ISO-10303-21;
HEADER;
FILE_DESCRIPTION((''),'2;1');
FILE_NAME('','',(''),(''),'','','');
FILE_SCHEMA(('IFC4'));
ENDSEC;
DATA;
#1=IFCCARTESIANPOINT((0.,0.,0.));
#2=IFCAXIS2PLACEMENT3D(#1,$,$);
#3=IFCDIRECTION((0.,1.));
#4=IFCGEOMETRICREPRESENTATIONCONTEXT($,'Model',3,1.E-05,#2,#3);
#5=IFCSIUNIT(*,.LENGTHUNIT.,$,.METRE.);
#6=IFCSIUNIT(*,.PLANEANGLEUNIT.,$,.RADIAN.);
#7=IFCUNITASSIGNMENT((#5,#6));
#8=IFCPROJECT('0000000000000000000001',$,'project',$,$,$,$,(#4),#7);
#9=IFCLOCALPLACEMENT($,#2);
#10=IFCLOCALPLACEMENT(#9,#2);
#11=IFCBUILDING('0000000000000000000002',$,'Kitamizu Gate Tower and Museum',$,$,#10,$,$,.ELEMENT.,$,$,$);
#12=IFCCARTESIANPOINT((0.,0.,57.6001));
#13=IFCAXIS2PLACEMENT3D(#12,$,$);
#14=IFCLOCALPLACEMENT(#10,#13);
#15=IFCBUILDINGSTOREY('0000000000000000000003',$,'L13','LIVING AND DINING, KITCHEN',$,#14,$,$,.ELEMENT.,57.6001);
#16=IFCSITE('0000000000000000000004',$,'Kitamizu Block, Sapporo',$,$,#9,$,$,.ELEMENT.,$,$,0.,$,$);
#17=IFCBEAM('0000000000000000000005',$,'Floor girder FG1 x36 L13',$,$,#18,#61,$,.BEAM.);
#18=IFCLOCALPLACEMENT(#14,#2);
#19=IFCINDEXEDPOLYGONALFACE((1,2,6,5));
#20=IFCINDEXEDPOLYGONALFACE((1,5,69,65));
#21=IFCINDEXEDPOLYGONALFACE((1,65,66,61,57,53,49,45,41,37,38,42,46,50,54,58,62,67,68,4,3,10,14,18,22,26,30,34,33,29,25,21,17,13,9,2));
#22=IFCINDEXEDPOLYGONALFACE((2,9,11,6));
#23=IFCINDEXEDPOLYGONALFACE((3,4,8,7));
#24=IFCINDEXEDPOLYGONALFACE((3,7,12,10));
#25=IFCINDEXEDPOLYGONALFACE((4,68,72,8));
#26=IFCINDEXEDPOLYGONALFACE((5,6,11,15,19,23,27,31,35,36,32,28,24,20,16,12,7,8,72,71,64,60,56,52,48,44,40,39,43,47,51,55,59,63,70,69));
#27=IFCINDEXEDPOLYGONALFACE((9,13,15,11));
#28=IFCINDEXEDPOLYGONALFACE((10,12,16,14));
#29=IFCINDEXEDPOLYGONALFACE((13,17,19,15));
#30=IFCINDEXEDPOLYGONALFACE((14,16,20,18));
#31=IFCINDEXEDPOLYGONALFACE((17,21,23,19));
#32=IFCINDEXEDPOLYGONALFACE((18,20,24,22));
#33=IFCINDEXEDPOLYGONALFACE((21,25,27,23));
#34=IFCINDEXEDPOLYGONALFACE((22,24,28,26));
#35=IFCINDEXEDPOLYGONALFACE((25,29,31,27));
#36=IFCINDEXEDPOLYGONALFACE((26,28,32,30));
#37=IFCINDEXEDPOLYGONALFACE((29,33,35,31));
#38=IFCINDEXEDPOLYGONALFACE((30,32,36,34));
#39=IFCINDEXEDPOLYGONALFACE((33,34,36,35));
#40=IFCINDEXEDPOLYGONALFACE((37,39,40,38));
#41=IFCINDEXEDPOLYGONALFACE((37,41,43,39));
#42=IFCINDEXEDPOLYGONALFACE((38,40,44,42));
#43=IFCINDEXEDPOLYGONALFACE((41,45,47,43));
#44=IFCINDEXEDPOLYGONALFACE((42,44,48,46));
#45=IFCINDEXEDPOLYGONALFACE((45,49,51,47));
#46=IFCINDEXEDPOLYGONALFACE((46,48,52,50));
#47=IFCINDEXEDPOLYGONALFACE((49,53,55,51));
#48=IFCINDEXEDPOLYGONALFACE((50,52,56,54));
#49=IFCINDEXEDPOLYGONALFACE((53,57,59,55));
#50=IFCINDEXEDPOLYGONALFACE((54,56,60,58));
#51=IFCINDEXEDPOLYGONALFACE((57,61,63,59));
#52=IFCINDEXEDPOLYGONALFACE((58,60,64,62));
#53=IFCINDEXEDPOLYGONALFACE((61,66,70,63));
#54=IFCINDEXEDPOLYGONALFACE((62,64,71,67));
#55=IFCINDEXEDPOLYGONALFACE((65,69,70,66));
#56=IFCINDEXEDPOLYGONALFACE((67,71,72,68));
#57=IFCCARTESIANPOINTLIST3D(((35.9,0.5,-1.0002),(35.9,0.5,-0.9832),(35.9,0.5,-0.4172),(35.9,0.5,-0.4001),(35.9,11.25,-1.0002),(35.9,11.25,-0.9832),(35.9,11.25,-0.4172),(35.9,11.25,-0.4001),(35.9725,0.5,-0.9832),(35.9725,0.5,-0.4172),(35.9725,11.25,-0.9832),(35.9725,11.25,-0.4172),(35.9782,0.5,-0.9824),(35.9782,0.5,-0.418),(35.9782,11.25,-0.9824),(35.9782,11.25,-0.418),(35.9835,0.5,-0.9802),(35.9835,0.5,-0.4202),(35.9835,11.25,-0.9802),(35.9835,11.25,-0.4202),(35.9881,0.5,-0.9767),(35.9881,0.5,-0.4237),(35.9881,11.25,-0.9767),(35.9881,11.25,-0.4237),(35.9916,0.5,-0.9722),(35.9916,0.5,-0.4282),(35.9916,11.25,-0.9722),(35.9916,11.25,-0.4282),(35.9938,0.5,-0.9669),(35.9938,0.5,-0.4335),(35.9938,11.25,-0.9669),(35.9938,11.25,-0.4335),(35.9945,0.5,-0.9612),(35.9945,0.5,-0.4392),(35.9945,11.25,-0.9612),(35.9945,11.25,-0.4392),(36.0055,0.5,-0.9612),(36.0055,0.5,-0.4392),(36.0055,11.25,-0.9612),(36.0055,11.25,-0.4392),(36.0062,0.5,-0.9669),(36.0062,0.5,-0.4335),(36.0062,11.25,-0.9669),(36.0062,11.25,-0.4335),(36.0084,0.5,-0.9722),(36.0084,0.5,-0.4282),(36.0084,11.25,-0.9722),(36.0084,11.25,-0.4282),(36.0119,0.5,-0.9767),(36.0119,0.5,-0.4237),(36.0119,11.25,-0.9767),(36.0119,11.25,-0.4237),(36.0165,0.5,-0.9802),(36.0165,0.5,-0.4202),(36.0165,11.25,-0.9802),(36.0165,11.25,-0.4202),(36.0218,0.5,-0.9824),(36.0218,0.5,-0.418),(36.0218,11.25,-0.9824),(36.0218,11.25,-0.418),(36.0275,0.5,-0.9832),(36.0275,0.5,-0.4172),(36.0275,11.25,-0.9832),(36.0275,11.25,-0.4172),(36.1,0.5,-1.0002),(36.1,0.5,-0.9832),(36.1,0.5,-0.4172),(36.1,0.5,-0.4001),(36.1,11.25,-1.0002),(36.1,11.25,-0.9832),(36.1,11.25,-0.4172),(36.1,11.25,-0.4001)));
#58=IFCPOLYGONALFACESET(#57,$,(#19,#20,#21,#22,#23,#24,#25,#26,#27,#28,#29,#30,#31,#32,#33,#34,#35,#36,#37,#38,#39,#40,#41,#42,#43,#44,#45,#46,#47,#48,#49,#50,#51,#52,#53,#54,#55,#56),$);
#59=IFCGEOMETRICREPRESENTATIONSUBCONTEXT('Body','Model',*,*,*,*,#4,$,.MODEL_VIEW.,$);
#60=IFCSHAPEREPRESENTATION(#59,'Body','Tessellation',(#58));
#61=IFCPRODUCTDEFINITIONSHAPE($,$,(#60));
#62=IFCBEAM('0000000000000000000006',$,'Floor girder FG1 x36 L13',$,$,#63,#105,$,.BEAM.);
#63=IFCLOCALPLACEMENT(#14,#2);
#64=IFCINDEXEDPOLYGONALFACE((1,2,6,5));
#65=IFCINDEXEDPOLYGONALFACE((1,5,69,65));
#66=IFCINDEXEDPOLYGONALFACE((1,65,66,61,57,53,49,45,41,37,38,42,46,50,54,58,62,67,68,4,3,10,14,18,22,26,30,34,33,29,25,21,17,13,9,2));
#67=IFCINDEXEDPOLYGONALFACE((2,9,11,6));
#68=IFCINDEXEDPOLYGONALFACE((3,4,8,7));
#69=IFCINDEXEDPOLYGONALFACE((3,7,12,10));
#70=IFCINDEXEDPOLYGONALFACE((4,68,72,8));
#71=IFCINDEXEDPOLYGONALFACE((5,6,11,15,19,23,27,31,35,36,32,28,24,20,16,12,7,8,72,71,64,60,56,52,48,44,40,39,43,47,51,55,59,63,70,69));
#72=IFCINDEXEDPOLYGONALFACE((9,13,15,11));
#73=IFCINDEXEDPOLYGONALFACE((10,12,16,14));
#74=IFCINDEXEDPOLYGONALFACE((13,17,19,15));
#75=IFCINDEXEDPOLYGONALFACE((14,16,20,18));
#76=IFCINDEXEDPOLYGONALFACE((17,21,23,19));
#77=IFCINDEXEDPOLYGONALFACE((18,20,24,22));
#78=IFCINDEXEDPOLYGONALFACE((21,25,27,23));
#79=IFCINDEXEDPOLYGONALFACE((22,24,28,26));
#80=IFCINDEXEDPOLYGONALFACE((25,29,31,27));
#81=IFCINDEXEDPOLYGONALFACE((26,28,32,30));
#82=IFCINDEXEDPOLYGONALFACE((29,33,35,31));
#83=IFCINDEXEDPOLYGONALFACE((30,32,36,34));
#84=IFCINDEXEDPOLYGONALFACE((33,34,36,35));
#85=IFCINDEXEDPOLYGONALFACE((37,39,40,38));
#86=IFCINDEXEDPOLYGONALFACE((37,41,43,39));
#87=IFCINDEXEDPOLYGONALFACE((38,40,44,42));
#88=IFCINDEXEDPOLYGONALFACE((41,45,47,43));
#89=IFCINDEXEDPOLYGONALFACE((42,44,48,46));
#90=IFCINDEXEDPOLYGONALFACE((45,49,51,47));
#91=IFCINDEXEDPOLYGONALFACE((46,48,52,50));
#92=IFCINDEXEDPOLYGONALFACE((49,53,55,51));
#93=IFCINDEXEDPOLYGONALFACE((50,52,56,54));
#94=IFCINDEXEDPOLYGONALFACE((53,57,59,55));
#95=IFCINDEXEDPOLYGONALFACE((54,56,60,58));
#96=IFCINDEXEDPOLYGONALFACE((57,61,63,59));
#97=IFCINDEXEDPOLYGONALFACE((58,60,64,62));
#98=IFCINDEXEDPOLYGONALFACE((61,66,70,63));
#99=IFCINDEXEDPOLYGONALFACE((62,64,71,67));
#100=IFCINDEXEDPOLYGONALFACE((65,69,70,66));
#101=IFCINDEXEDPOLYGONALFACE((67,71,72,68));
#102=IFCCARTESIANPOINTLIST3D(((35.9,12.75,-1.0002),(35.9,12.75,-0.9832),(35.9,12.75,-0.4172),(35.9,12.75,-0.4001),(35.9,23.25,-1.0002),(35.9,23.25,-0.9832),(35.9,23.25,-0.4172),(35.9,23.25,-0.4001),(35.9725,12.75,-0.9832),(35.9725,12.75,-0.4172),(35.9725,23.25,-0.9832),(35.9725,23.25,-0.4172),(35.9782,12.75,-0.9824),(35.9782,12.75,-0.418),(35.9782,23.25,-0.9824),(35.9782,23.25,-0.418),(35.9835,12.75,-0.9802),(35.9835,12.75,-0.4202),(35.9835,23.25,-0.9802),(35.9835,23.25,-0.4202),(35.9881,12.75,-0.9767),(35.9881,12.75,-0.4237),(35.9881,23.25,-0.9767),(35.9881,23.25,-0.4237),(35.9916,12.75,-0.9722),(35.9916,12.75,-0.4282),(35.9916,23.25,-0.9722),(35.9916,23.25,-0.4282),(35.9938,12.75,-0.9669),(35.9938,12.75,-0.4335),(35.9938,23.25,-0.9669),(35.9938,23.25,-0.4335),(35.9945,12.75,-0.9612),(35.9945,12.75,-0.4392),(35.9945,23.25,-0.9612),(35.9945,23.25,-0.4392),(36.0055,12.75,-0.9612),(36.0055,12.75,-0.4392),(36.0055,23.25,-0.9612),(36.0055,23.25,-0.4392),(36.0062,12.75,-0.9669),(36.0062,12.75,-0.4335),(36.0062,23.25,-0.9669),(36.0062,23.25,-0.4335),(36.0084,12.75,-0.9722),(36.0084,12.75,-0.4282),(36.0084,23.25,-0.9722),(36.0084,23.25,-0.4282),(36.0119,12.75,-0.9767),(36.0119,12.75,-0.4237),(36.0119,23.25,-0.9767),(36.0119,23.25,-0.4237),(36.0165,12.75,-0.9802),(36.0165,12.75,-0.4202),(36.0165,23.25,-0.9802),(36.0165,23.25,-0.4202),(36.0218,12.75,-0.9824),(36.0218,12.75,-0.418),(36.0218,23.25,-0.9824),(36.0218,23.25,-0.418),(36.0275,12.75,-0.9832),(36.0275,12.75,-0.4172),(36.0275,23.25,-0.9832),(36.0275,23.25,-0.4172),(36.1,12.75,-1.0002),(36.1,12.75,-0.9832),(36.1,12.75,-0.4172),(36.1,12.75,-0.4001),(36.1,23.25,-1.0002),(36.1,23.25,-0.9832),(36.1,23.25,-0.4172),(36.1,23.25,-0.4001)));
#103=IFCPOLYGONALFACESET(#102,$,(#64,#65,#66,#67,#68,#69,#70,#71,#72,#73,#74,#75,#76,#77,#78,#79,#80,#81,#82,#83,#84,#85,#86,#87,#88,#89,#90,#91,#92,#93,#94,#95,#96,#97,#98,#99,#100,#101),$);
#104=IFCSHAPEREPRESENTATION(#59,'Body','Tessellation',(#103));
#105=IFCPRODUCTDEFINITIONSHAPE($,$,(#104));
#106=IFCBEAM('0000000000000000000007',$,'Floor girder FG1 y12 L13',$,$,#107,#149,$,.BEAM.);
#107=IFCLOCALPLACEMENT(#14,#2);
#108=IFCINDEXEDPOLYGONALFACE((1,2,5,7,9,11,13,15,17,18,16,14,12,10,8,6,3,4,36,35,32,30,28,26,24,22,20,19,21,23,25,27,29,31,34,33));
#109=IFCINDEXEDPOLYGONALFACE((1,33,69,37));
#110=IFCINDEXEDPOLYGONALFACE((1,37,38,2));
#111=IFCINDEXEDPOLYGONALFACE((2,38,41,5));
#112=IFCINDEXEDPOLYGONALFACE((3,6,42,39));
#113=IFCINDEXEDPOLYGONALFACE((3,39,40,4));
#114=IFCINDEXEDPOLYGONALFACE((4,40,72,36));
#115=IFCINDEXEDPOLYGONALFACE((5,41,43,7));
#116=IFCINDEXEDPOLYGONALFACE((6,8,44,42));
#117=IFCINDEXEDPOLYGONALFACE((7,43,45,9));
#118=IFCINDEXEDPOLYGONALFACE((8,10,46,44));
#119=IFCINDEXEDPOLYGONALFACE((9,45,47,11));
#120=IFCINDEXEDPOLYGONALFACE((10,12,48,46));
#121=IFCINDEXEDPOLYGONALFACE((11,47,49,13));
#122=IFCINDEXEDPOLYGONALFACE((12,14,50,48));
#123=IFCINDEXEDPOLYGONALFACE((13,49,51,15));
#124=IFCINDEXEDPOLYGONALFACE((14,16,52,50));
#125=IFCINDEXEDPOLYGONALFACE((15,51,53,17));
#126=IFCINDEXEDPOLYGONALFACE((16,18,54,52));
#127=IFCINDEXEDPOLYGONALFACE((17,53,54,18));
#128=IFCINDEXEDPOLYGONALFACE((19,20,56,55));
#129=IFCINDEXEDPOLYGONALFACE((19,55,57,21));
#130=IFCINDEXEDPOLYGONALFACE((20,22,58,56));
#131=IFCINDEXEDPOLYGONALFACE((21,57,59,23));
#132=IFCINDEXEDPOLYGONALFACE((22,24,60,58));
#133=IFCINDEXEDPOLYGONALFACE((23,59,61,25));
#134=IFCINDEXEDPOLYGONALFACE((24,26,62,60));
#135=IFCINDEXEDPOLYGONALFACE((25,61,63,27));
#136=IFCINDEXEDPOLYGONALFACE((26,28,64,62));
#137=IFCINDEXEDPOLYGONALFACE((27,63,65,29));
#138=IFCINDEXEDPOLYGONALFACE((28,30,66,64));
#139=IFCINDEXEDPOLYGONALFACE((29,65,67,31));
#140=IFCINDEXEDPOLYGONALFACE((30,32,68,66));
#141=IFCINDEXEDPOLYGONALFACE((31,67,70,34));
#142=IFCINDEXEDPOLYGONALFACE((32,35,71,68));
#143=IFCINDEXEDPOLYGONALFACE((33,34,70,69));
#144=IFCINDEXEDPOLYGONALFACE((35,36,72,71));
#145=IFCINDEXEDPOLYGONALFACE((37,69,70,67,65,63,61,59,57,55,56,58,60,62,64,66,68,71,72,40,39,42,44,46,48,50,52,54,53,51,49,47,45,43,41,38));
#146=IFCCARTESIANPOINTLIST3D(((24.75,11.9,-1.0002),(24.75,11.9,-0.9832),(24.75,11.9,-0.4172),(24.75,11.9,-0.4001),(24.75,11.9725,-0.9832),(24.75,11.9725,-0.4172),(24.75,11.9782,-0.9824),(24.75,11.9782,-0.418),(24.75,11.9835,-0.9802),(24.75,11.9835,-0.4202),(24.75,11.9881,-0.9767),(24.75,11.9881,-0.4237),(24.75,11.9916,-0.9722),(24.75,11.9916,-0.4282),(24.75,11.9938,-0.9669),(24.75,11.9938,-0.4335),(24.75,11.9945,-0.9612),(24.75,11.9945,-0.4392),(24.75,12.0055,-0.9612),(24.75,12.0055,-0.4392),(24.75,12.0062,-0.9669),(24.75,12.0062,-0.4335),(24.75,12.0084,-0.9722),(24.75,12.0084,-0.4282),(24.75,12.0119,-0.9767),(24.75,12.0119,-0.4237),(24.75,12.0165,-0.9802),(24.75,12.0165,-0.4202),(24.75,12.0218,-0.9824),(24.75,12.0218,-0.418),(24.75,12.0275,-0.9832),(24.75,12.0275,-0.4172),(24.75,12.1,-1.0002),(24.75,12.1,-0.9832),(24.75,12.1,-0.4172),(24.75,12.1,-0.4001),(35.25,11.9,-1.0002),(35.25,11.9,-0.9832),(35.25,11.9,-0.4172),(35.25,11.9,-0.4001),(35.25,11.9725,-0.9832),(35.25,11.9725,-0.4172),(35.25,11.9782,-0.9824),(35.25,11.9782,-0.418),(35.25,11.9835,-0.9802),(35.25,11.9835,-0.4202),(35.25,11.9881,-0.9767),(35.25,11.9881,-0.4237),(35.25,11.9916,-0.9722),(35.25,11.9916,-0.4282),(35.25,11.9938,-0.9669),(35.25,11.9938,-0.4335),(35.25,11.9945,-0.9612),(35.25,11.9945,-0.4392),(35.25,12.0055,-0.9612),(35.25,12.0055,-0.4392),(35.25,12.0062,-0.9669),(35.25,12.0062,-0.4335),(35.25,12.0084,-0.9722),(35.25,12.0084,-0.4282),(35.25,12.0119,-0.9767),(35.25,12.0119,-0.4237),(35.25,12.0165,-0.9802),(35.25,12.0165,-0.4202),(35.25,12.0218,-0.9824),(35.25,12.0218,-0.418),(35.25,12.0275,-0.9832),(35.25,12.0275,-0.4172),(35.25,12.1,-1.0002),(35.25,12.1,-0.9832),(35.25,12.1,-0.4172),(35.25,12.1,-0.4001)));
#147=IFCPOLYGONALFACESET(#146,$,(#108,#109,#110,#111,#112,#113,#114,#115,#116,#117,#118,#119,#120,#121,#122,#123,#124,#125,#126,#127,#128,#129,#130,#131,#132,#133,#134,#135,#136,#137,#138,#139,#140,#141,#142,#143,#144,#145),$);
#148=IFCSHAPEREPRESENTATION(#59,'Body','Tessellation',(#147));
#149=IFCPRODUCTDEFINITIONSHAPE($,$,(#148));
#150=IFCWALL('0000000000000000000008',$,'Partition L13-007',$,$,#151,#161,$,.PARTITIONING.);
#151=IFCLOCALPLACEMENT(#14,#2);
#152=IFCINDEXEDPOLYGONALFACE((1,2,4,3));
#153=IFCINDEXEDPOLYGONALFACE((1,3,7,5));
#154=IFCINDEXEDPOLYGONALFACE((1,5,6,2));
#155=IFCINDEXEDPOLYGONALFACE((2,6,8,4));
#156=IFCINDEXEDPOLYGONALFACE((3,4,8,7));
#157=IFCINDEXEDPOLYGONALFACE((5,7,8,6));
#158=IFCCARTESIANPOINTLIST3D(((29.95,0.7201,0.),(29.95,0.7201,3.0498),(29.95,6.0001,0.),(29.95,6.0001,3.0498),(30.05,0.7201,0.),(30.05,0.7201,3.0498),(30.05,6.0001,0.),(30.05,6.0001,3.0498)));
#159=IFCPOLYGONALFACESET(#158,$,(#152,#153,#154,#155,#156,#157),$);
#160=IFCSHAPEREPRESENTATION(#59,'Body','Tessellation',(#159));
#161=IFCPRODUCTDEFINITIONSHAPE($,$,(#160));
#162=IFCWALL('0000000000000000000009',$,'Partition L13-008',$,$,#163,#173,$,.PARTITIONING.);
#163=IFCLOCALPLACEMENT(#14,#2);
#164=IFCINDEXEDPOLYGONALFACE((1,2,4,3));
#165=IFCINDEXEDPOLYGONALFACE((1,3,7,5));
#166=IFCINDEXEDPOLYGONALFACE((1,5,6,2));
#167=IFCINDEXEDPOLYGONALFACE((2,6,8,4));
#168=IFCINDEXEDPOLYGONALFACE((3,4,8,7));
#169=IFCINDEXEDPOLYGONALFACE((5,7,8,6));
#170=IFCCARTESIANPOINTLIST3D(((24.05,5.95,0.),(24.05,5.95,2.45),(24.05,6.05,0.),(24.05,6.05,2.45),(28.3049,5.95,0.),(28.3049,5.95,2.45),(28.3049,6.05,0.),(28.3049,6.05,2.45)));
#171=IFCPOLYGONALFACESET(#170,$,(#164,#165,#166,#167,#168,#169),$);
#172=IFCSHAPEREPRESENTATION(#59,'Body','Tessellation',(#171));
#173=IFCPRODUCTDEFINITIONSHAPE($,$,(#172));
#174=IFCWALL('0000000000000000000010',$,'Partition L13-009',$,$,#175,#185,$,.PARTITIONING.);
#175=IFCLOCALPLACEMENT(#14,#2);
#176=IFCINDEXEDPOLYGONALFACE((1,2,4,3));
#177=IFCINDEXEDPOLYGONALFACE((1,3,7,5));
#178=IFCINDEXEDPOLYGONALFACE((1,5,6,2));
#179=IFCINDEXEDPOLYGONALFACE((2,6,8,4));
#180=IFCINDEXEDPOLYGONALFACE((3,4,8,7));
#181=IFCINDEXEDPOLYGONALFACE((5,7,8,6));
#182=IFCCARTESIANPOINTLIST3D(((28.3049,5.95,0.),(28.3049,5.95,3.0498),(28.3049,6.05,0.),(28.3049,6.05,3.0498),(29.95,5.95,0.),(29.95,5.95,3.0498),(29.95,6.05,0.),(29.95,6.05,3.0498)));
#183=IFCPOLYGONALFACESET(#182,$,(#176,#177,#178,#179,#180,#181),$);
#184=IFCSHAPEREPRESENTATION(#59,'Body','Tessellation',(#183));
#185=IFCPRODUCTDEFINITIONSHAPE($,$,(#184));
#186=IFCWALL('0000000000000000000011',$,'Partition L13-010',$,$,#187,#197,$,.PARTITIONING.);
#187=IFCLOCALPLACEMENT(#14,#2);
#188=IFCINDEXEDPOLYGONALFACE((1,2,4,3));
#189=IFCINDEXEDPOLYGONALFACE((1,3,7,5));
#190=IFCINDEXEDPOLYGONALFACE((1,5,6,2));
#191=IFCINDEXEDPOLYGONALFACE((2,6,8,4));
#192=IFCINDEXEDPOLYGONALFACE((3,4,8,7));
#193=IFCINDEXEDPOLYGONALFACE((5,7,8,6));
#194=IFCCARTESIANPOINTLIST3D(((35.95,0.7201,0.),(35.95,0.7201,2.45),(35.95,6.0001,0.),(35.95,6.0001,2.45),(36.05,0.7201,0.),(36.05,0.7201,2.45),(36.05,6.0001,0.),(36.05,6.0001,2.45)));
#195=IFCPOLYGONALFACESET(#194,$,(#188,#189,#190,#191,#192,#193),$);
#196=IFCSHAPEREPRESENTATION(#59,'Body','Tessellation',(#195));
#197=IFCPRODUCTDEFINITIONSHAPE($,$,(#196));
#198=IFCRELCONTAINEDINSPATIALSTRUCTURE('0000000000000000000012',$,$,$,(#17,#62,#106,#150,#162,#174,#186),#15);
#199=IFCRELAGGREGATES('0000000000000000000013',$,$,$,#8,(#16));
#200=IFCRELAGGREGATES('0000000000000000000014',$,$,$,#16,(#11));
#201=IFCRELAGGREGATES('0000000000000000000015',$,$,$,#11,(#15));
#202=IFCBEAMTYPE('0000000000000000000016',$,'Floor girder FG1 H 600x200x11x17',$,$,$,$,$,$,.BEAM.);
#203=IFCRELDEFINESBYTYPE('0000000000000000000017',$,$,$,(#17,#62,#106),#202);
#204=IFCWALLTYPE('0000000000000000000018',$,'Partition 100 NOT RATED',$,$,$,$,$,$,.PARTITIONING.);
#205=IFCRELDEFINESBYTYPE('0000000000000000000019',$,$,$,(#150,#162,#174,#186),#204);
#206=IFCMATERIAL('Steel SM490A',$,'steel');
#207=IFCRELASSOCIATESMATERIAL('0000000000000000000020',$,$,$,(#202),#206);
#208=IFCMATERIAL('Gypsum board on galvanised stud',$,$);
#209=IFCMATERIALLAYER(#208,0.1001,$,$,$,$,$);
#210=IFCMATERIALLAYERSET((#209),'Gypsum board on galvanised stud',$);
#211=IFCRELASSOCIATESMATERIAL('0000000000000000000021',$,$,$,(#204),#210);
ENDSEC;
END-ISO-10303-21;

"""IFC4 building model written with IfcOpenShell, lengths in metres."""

from ifc_helpers import new_model, si_unit, direction, frame, frame_2d, origin, origin_2d, place, context, subcontext, project, spatial, rectangle, i_section, extrude, material, layer, layer_set, material_profile, profile_set, type_object, element, save


model = new_model("IFC4")

# Units and contexts
model_context = context("Model", 3, precision=1e-05, world=origin(), true_north=direction((0.0, 1.0)))
body_context = subcontext(model_context, "Body", "Model", "MODEL_VIEW")
ifc_project = project(units=[si_unit("LENGTHUNIT", "METRE"), si_unit("PLANEANGLEUNIT", "RADIAN")], contexts=[model_context])

# Site, building, storey
site_placement = place(None, origin())
site = spatial("IfcSite", under=ifc_project, at=site_placement, Name="Kitamizu Block, Sapporo", CompositionType="ELEMENT", RefElevation=0.0)
building_placement = place(site_placement, origin())
building = spatial("IfcBuilding", under=site, at=building_placement, Name="Kitamizu Gate Tower and Museum", CompositionType="ELEMENT")
storey_placement = place(building_placement, frame((0.0, 0.0, 57.6001)))
storey = spatial("IfcBuildingStorey", under=building, at=storey_placement, Name="L13", Description="LIVING AND DINING, KITCHEN", CompositionType="ELEMENT", Elevation=57.6001)

# Beams
ifc_material_1 = material(Name="Steel SM490A", Category="steel")
ifc_material_profile_1 = material_profile(ifc_material_1, i_section(OverallWidth=0.2, OverallDepth=0.6001, WebThickness=0.011, FlangeThickness=0.0171, FilletRadius=0.022, at=origin_2d()), Name="H-600x200x11x17")
ifc_profile_set_1 = profile_set([ifc_material_profile_1], Name="Steel SM490A")
beam_type_1 = type_object("IfcBeamType", Name="Floor girder FG1 H 600x200x11x17", PredefinedType="BEAM", material=ifc_profile_set_1)
beam_1_placement = place(storey_placement, frame((36.0, 0.5, -0.7002), z_axis=(0.0, 1.0, 0.0), x_axis=(-1.0, 0.0, 0.0)))
element("IfcBeam", 1, at=beam_1_placement, inside=storey, type_object=beam_type_1, Name="Floor girder FG1 x36 L13", PredefinedType="BEAM", context=body_context, shape_type="SweptSolid", body=[
    extrude(i_section(OverallWidth=0.2, OverallDepth=0.6001, WebThickness=0.011, FlangeThickness=0.0171, FilletRadius=0.022, at=origin_2d()), origin(), (0.0, 0.0, 1.0), 10.75),
])
for number, where, z_axis, x_axis, name in (
    (2, (36.0, 12.75, -0.7002), (0.0, 1.0, 0.0), (-1.0, 0.0, 0.0), "Floor girder FG1 x36 L13"),
    (3, (24.75, 12.0, -0.7002), (1.0, 0.0, 0.0), (0.0, 1.0, 0.0), "Floor girder FG1 y12 L13"),
):
    element("IfcBeam", number, at=place(storey_placement, frame(where, z_axis=z_axis, x_axis=x_axis)), inside=storey, type_object=beam_type_1, Name=name, PredefinedType="BEAM", context=body_context, shape_type="SweptSolid", body=[
        extrude(i_section(OverallWidth=0.2, OverallDepth=0.6001, WebThickness=0.011, FlangeThickness=0.0171, FilletRadius=0.022, at=origin_2d()), origin(), (0.0, 0.0, 1.0), 10.5),
    ])

# Walls
ifc_material_2 = material(Name="Gypsum board on galvanised stud")
ifc_layer_1 = layer(ifc_material_2, 0.1001)
ifc_layer_set_1 = layer_set([ifc_layer_1], Name="Gypsum board on galvanised stud")
wall_type_1 = type_object("IfcWallType", Name="Partition 100 NOT RATED", PredefinedType="PARTITIONING", material=ifc_layer_set_1)
wall_1_placement = place(storey_placement, frame((30.0, 0.72, 0.0), z_axis=(0.0, 0.0, 1.0), x_axis=(0.0, 1.0, 0.0)))
element("IfcWall", 4, at=wall_1_placement, inside=storey, type_object=wall_type_1, Name="Partition L13-007", PredefinedType="PARTITIONING", context=body_context, shape_type="SweptSolid", body=[
    extrude(rectangle(XDim=5.28, YDim=0.1001, at=frame_2d((2.6401, 0.0))), origin(), (0.0, 0.0, 1.0), 3.0498),
])
wall_2_placement = place(storey_placement, frame((28.3049, 6.0, 0.0), z_axis=(0.0, 0.0, 1.0), x_axis=(-1.0, 0.0, 0.0)))
element("IfcWall", 5, at=wall_2_placement, inside=storey, type_object=wall_type_1, Name="Partition L13-008", PredefinedType="PARTITIONING", context=body_context, shape_type="SweptSolid", body=[
    extrude(rectangle(XDim=4.2549, YDim=0.1001, at=frame_2d((2.1274, 0.0))), origin(), (0.0, 0.0, 1.0), 2.45),
])
wall_3_placement = place(storey_placement, frame((29.95, 6.0, 0.0), z_axis=(0.0, 0.0, 1.0), x_axis=(-1.0, 0.0, 0.0)))
element("IfcWall", 6, at=wall_3_placement, inside=storey, type_object=wall_type_1, Name="Partition L13-009", PredefinedType="PARTITIONING", context=body_context, shape_type="SweptSolid", body=[
    extrude(rectangle(XDim=1.645, YDim=0.1001, at=frame_2d((0.8225, 0.0))), origin(), (0.0, 0.0, 1.0), 3.0498),
])
wall_4_placement = place(storey_placement, frame((36.0, 0.72, 0.0), z_axis=(0.0, 0.0, 1.0), x_axis=(0.0, 1.0, 0.0)))
element("IfcWall", 7, at=wall_4_placement, inside=storey, type_object=wall_type_1, Name="Partition L13-010", PredefinedType="PARTITIONING", context=body_context, shape_type="SweptSolid", body=[
    extrude(rectangle(XDim=5.28, YDim=0.1001, at=frame_2d((2.6401, 0.0))), origin(), (0.0, 0.0, 1.0), 2.45),
])

save(model, "model.ifc")
